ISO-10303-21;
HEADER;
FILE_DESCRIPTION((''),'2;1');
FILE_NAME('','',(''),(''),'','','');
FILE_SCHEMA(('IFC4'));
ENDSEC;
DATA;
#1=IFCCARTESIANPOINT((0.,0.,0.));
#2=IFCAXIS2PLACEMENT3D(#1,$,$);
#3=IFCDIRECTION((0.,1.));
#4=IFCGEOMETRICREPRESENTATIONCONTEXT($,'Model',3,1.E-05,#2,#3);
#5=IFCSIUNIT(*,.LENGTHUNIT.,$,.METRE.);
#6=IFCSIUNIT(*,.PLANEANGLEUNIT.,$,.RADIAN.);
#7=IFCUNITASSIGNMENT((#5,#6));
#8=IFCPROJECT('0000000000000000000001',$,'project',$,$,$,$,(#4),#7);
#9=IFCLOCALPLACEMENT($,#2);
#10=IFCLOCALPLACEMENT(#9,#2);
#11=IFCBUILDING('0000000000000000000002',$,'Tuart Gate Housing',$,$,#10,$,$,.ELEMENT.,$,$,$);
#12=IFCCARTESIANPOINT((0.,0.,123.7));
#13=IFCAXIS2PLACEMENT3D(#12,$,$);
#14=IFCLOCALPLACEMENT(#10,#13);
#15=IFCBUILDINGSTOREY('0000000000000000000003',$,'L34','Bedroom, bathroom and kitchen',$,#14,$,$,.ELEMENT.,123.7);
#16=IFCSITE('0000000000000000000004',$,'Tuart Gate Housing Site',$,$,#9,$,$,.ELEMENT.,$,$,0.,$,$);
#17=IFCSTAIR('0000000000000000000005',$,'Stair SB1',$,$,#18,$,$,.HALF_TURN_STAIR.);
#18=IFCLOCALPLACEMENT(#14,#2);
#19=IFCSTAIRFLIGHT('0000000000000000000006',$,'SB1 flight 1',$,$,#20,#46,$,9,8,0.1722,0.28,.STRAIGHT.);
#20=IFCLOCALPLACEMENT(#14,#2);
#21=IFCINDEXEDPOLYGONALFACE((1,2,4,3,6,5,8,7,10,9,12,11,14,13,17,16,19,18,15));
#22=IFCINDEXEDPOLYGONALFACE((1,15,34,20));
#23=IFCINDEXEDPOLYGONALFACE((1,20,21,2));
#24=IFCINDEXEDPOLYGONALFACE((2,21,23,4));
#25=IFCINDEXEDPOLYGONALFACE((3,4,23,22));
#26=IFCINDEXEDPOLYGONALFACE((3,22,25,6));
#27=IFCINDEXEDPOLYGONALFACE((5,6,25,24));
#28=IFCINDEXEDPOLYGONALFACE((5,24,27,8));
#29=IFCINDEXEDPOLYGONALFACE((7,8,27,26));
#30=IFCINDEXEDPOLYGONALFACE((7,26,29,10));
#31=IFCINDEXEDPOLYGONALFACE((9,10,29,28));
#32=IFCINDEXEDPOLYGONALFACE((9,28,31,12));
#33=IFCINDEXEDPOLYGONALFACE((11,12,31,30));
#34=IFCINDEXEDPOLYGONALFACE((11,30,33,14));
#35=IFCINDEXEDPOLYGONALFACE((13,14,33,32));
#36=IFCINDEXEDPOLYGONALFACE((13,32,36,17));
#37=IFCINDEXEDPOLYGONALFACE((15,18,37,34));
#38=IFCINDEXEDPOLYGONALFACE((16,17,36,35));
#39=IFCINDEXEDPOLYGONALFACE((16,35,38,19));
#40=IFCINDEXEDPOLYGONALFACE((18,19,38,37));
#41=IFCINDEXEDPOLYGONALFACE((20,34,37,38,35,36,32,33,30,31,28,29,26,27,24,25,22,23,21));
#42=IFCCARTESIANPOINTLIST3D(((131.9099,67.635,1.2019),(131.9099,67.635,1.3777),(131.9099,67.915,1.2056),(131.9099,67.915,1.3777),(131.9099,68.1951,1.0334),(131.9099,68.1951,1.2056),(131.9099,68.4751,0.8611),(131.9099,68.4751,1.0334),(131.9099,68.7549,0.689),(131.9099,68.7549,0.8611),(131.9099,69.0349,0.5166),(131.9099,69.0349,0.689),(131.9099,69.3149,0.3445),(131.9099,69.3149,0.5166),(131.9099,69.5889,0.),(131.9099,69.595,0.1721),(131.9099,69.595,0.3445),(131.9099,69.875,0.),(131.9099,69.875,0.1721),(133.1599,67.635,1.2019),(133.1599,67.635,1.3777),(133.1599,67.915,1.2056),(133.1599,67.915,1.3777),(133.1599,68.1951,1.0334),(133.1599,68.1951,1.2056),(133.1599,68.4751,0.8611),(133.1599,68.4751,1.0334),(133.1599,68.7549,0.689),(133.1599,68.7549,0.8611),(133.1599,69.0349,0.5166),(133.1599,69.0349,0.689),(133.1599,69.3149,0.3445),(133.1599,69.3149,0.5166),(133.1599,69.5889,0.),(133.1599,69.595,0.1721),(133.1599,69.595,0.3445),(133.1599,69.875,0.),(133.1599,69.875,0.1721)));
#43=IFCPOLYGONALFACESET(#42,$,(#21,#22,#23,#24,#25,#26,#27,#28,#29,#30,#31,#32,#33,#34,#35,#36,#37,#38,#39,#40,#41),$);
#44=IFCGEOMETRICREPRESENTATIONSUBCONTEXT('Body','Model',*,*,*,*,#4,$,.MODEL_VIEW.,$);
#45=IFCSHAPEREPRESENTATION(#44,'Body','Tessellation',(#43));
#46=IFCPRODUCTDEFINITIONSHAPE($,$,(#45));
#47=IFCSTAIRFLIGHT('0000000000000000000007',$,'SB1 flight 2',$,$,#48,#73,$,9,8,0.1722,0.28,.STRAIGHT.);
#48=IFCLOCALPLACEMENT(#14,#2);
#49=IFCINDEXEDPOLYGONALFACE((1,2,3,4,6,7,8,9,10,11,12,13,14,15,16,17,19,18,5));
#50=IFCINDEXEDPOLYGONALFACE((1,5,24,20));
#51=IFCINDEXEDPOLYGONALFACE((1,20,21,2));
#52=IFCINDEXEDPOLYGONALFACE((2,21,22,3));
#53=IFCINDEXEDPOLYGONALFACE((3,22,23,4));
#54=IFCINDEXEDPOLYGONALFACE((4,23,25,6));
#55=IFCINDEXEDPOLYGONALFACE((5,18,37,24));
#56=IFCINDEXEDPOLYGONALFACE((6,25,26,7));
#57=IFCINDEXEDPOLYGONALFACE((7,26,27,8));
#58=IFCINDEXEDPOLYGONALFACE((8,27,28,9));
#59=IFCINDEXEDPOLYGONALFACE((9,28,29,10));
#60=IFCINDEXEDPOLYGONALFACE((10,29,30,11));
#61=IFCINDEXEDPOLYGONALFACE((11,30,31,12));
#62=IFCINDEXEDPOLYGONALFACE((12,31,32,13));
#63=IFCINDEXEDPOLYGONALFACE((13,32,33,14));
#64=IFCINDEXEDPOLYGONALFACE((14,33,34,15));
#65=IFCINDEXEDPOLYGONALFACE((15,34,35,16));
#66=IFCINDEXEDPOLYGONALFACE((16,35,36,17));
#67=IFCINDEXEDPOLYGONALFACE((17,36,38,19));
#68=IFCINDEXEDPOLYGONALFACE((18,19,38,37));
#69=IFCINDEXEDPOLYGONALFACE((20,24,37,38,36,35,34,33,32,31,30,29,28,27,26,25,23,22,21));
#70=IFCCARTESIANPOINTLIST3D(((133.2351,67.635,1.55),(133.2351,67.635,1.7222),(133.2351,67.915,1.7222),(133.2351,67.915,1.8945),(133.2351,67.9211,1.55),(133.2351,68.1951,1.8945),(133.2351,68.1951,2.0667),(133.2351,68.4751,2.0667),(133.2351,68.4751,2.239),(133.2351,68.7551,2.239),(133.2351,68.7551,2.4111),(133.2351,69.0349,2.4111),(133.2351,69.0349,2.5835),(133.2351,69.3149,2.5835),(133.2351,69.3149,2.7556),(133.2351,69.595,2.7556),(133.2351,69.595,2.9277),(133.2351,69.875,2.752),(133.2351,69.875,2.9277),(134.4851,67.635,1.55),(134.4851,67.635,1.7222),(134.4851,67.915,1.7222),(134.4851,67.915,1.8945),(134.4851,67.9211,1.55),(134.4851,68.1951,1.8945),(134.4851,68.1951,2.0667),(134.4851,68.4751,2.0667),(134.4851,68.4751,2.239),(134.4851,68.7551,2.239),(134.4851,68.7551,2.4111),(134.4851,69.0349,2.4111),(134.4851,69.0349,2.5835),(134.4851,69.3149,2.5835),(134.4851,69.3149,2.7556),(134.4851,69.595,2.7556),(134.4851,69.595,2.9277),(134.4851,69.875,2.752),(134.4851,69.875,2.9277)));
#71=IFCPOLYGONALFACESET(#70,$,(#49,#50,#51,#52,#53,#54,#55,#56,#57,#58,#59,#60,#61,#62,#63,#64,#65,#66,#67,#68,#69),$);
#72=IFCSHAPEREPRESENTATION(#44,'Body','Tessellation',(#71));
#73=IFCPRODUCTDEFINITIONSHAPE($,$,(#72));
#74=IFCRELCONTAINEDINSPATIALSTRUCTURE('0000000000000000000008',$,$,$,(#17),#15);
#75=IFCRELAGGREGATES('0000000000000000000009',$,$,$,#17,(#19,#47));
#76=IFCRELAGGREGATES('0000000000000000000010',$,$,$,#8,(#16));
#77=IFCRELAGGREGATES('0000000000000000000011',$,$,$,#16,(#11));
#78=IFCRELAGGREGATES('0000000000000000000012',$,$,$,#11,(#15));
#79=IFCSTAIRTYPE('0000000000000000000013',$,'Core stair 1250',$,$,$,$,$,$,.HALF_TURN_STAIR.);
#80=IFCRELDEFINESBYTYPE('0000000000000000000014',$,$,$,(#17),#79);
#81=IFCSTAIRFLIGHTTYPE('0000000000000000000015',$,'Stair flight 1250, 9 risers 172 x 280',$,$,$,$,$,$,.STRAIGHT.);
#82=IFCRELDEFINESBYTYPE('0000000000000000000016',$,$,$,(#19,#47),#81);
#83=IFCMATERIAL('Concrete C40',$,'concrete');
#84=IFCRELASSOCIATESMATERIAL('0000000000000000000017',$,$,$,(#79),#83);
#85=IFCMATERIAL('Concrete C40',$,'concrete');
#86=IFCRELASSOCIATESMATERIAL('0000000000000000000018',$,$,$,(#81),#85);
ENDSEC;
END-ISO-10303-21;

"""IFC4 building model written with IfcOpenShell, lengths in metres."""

from ifc_helpers import new_model, si_unit, direction, frame, origin, place, context, subcontext, project, spatial, polyline, outline, extrude, material, type_object, element, aggregate, save


model = new_model("IFC4")

# Units and contexts
model_context = context("Model", 3, precision=1e-05, world=origin(), true_north=direction((0.0, 1.0)))
body_context = subcontext(model_context, "Body", "Model", "MODEL_VIEW")
ifc_project = project(units=[si_unit("LENGTHUNIT", "METRE"), si_unit("PLANEANGLEUNIT", "RADIAN")], contexts=[model_context])

# Site, building, storey
site_placement = place(None, origin())
site = spatial("IfcSite", under=ifc_project, at=site_placement, Name="Tuart Gate Housing Site", CompositionType="ELEMENT", RefElevation=0.0)
building_placement = place(site_placement, origin())
building = spatial("IfcBuilding", under=site, at=building_placement, Name="Tuart Gate Housing", CompositionType="ELEMENT")
storey_placement = place(building_placement, frame((0.0, 0.0, 123.7)))
storey = spatial("IfcBuildingStorey", under=building, at=storey_placement, Name="L34", Description="Bedroom, bathroom and kitchen", CompositionType="ELEMENT", Elevation=123.7)

# Stair, stair flights
ifc_material_1 = material(Name="Concrete C40", Category="concrete")
stair_type = type_object("IfcStairType", Name="Core stair 1250", PredefinedType="HALF_TURN_STAIR", material=ifc_material_1)
stair_placement = place(storey_placement, origin())
stair = element("IfcStair", 1, at=stair_placement, inside=storey, type_object=stair_type, Name="Stair SB1", PredefinedType="HALF_TURN_STAIR")
ifc_material_2 = material(Name="Concrete C40", Category="concrete")
stair_flight_type = type_object("IfcStairFlightType", Name="Stair flight 1250, 9 risers 172 x 280", PredefinedType="STRAIGHT", material=ifc_material_2)
stair_flight_1_placement = place(storey_placement, frame((132.5349, 69.875, 0.0), z_axis=(0.0, 0.0, 1.0), x_axis=(0.0, -1.0, 0.0)))
stair_flight_1 = element("IfcStairFlight", 2, at=stair_flight_1_placement, type_object=stair_flight_type, Name="SB1 flight 1", NumberOfRisers=9, NumberOfTreads=8, PredefinedType="STRAIGHT", RiserHeight=0.1722, TreadLength=0.28, context=body_context, shape_type="SweptSolid", body=[
    extrude(outline(polyline([(0.0, 0.0), (0.0, 0.1721), (0.28, 0.1721), (0.28, 0.3445), (0.5601, 0.3445), (0.5601, 0.5166), (0.8401, 0.5166), (0.8401, 0.689), (1.1201, 0.689), (1.1201, 0.8611), (1.3999, 0.8611), (1.3999, 1.0334), (1.6799, 1.0334), (1.6799, 1.2056), (1.96, 1.2056), (1.96, 1.3777), (2.24, 1.3777), (2.24, 1.55), (2.24, 1.2019), (0.2861, 0.0), (0.0, 0.0)])), frame((0.0, 0.625, 0.0), z_axis=(0.0, -1.0, 0.0), x_axis=(1.0, 0.0, 0.0)), (0.0, 0.0, 1.0), 1.25),
])
stair_flight_2_placement = place(storey_placement, frame((133.8601, 67.635, 1.55), z_axis=(0.0, 0.0, 1.0), x_axis=(0.0, 1.0, 0.0)))
stair_flight_2 = element("IfcStairFlight", 3, at=stair_flight_2_placement, type_object=stair_flight_type, Name="SB1 flight 2", NumberOfRisers=9, NumberOfTreads=8, PredefinedType="STRAIGHT", RiserHeight=0.1722, TreadLength=0.28, context=body_context, shape_type="SweptSolid", body=[
    extrude(outline(polyline([(0.0, 0.0), (0.0, 0.1721), (0.28, 0.1721), (0.28, 0.3445), (0.5601, 0.3445), (0.5601, 0.5166), (0.8401, 0.5166), (0.8401, 0.689), (1.1201, 0.689), (1.1201, 0.8611), (1.3999, 0.8611), (1.3999, 1.0334), (1.6799, 1.0334), (1.6799, 1.2056), (1.96, 1.2056), (1.96, 1.3777), (2.24, 1.3777), (2.24, 1.55), (2.24, 1.2019), (0.2861, 0.0), (0.0, 0.0)])), frame((0.0, 0.625, 0.0), z_axis=(0.0, -1.0, 0.0), x_axis=(1.0, 0.0, 0.0)), (0.0, 0.0, 1.0), 1.25),
])
aggregate(stair, [stair_flight_1, stair_flight_2])

save(model, "model.ifc")
